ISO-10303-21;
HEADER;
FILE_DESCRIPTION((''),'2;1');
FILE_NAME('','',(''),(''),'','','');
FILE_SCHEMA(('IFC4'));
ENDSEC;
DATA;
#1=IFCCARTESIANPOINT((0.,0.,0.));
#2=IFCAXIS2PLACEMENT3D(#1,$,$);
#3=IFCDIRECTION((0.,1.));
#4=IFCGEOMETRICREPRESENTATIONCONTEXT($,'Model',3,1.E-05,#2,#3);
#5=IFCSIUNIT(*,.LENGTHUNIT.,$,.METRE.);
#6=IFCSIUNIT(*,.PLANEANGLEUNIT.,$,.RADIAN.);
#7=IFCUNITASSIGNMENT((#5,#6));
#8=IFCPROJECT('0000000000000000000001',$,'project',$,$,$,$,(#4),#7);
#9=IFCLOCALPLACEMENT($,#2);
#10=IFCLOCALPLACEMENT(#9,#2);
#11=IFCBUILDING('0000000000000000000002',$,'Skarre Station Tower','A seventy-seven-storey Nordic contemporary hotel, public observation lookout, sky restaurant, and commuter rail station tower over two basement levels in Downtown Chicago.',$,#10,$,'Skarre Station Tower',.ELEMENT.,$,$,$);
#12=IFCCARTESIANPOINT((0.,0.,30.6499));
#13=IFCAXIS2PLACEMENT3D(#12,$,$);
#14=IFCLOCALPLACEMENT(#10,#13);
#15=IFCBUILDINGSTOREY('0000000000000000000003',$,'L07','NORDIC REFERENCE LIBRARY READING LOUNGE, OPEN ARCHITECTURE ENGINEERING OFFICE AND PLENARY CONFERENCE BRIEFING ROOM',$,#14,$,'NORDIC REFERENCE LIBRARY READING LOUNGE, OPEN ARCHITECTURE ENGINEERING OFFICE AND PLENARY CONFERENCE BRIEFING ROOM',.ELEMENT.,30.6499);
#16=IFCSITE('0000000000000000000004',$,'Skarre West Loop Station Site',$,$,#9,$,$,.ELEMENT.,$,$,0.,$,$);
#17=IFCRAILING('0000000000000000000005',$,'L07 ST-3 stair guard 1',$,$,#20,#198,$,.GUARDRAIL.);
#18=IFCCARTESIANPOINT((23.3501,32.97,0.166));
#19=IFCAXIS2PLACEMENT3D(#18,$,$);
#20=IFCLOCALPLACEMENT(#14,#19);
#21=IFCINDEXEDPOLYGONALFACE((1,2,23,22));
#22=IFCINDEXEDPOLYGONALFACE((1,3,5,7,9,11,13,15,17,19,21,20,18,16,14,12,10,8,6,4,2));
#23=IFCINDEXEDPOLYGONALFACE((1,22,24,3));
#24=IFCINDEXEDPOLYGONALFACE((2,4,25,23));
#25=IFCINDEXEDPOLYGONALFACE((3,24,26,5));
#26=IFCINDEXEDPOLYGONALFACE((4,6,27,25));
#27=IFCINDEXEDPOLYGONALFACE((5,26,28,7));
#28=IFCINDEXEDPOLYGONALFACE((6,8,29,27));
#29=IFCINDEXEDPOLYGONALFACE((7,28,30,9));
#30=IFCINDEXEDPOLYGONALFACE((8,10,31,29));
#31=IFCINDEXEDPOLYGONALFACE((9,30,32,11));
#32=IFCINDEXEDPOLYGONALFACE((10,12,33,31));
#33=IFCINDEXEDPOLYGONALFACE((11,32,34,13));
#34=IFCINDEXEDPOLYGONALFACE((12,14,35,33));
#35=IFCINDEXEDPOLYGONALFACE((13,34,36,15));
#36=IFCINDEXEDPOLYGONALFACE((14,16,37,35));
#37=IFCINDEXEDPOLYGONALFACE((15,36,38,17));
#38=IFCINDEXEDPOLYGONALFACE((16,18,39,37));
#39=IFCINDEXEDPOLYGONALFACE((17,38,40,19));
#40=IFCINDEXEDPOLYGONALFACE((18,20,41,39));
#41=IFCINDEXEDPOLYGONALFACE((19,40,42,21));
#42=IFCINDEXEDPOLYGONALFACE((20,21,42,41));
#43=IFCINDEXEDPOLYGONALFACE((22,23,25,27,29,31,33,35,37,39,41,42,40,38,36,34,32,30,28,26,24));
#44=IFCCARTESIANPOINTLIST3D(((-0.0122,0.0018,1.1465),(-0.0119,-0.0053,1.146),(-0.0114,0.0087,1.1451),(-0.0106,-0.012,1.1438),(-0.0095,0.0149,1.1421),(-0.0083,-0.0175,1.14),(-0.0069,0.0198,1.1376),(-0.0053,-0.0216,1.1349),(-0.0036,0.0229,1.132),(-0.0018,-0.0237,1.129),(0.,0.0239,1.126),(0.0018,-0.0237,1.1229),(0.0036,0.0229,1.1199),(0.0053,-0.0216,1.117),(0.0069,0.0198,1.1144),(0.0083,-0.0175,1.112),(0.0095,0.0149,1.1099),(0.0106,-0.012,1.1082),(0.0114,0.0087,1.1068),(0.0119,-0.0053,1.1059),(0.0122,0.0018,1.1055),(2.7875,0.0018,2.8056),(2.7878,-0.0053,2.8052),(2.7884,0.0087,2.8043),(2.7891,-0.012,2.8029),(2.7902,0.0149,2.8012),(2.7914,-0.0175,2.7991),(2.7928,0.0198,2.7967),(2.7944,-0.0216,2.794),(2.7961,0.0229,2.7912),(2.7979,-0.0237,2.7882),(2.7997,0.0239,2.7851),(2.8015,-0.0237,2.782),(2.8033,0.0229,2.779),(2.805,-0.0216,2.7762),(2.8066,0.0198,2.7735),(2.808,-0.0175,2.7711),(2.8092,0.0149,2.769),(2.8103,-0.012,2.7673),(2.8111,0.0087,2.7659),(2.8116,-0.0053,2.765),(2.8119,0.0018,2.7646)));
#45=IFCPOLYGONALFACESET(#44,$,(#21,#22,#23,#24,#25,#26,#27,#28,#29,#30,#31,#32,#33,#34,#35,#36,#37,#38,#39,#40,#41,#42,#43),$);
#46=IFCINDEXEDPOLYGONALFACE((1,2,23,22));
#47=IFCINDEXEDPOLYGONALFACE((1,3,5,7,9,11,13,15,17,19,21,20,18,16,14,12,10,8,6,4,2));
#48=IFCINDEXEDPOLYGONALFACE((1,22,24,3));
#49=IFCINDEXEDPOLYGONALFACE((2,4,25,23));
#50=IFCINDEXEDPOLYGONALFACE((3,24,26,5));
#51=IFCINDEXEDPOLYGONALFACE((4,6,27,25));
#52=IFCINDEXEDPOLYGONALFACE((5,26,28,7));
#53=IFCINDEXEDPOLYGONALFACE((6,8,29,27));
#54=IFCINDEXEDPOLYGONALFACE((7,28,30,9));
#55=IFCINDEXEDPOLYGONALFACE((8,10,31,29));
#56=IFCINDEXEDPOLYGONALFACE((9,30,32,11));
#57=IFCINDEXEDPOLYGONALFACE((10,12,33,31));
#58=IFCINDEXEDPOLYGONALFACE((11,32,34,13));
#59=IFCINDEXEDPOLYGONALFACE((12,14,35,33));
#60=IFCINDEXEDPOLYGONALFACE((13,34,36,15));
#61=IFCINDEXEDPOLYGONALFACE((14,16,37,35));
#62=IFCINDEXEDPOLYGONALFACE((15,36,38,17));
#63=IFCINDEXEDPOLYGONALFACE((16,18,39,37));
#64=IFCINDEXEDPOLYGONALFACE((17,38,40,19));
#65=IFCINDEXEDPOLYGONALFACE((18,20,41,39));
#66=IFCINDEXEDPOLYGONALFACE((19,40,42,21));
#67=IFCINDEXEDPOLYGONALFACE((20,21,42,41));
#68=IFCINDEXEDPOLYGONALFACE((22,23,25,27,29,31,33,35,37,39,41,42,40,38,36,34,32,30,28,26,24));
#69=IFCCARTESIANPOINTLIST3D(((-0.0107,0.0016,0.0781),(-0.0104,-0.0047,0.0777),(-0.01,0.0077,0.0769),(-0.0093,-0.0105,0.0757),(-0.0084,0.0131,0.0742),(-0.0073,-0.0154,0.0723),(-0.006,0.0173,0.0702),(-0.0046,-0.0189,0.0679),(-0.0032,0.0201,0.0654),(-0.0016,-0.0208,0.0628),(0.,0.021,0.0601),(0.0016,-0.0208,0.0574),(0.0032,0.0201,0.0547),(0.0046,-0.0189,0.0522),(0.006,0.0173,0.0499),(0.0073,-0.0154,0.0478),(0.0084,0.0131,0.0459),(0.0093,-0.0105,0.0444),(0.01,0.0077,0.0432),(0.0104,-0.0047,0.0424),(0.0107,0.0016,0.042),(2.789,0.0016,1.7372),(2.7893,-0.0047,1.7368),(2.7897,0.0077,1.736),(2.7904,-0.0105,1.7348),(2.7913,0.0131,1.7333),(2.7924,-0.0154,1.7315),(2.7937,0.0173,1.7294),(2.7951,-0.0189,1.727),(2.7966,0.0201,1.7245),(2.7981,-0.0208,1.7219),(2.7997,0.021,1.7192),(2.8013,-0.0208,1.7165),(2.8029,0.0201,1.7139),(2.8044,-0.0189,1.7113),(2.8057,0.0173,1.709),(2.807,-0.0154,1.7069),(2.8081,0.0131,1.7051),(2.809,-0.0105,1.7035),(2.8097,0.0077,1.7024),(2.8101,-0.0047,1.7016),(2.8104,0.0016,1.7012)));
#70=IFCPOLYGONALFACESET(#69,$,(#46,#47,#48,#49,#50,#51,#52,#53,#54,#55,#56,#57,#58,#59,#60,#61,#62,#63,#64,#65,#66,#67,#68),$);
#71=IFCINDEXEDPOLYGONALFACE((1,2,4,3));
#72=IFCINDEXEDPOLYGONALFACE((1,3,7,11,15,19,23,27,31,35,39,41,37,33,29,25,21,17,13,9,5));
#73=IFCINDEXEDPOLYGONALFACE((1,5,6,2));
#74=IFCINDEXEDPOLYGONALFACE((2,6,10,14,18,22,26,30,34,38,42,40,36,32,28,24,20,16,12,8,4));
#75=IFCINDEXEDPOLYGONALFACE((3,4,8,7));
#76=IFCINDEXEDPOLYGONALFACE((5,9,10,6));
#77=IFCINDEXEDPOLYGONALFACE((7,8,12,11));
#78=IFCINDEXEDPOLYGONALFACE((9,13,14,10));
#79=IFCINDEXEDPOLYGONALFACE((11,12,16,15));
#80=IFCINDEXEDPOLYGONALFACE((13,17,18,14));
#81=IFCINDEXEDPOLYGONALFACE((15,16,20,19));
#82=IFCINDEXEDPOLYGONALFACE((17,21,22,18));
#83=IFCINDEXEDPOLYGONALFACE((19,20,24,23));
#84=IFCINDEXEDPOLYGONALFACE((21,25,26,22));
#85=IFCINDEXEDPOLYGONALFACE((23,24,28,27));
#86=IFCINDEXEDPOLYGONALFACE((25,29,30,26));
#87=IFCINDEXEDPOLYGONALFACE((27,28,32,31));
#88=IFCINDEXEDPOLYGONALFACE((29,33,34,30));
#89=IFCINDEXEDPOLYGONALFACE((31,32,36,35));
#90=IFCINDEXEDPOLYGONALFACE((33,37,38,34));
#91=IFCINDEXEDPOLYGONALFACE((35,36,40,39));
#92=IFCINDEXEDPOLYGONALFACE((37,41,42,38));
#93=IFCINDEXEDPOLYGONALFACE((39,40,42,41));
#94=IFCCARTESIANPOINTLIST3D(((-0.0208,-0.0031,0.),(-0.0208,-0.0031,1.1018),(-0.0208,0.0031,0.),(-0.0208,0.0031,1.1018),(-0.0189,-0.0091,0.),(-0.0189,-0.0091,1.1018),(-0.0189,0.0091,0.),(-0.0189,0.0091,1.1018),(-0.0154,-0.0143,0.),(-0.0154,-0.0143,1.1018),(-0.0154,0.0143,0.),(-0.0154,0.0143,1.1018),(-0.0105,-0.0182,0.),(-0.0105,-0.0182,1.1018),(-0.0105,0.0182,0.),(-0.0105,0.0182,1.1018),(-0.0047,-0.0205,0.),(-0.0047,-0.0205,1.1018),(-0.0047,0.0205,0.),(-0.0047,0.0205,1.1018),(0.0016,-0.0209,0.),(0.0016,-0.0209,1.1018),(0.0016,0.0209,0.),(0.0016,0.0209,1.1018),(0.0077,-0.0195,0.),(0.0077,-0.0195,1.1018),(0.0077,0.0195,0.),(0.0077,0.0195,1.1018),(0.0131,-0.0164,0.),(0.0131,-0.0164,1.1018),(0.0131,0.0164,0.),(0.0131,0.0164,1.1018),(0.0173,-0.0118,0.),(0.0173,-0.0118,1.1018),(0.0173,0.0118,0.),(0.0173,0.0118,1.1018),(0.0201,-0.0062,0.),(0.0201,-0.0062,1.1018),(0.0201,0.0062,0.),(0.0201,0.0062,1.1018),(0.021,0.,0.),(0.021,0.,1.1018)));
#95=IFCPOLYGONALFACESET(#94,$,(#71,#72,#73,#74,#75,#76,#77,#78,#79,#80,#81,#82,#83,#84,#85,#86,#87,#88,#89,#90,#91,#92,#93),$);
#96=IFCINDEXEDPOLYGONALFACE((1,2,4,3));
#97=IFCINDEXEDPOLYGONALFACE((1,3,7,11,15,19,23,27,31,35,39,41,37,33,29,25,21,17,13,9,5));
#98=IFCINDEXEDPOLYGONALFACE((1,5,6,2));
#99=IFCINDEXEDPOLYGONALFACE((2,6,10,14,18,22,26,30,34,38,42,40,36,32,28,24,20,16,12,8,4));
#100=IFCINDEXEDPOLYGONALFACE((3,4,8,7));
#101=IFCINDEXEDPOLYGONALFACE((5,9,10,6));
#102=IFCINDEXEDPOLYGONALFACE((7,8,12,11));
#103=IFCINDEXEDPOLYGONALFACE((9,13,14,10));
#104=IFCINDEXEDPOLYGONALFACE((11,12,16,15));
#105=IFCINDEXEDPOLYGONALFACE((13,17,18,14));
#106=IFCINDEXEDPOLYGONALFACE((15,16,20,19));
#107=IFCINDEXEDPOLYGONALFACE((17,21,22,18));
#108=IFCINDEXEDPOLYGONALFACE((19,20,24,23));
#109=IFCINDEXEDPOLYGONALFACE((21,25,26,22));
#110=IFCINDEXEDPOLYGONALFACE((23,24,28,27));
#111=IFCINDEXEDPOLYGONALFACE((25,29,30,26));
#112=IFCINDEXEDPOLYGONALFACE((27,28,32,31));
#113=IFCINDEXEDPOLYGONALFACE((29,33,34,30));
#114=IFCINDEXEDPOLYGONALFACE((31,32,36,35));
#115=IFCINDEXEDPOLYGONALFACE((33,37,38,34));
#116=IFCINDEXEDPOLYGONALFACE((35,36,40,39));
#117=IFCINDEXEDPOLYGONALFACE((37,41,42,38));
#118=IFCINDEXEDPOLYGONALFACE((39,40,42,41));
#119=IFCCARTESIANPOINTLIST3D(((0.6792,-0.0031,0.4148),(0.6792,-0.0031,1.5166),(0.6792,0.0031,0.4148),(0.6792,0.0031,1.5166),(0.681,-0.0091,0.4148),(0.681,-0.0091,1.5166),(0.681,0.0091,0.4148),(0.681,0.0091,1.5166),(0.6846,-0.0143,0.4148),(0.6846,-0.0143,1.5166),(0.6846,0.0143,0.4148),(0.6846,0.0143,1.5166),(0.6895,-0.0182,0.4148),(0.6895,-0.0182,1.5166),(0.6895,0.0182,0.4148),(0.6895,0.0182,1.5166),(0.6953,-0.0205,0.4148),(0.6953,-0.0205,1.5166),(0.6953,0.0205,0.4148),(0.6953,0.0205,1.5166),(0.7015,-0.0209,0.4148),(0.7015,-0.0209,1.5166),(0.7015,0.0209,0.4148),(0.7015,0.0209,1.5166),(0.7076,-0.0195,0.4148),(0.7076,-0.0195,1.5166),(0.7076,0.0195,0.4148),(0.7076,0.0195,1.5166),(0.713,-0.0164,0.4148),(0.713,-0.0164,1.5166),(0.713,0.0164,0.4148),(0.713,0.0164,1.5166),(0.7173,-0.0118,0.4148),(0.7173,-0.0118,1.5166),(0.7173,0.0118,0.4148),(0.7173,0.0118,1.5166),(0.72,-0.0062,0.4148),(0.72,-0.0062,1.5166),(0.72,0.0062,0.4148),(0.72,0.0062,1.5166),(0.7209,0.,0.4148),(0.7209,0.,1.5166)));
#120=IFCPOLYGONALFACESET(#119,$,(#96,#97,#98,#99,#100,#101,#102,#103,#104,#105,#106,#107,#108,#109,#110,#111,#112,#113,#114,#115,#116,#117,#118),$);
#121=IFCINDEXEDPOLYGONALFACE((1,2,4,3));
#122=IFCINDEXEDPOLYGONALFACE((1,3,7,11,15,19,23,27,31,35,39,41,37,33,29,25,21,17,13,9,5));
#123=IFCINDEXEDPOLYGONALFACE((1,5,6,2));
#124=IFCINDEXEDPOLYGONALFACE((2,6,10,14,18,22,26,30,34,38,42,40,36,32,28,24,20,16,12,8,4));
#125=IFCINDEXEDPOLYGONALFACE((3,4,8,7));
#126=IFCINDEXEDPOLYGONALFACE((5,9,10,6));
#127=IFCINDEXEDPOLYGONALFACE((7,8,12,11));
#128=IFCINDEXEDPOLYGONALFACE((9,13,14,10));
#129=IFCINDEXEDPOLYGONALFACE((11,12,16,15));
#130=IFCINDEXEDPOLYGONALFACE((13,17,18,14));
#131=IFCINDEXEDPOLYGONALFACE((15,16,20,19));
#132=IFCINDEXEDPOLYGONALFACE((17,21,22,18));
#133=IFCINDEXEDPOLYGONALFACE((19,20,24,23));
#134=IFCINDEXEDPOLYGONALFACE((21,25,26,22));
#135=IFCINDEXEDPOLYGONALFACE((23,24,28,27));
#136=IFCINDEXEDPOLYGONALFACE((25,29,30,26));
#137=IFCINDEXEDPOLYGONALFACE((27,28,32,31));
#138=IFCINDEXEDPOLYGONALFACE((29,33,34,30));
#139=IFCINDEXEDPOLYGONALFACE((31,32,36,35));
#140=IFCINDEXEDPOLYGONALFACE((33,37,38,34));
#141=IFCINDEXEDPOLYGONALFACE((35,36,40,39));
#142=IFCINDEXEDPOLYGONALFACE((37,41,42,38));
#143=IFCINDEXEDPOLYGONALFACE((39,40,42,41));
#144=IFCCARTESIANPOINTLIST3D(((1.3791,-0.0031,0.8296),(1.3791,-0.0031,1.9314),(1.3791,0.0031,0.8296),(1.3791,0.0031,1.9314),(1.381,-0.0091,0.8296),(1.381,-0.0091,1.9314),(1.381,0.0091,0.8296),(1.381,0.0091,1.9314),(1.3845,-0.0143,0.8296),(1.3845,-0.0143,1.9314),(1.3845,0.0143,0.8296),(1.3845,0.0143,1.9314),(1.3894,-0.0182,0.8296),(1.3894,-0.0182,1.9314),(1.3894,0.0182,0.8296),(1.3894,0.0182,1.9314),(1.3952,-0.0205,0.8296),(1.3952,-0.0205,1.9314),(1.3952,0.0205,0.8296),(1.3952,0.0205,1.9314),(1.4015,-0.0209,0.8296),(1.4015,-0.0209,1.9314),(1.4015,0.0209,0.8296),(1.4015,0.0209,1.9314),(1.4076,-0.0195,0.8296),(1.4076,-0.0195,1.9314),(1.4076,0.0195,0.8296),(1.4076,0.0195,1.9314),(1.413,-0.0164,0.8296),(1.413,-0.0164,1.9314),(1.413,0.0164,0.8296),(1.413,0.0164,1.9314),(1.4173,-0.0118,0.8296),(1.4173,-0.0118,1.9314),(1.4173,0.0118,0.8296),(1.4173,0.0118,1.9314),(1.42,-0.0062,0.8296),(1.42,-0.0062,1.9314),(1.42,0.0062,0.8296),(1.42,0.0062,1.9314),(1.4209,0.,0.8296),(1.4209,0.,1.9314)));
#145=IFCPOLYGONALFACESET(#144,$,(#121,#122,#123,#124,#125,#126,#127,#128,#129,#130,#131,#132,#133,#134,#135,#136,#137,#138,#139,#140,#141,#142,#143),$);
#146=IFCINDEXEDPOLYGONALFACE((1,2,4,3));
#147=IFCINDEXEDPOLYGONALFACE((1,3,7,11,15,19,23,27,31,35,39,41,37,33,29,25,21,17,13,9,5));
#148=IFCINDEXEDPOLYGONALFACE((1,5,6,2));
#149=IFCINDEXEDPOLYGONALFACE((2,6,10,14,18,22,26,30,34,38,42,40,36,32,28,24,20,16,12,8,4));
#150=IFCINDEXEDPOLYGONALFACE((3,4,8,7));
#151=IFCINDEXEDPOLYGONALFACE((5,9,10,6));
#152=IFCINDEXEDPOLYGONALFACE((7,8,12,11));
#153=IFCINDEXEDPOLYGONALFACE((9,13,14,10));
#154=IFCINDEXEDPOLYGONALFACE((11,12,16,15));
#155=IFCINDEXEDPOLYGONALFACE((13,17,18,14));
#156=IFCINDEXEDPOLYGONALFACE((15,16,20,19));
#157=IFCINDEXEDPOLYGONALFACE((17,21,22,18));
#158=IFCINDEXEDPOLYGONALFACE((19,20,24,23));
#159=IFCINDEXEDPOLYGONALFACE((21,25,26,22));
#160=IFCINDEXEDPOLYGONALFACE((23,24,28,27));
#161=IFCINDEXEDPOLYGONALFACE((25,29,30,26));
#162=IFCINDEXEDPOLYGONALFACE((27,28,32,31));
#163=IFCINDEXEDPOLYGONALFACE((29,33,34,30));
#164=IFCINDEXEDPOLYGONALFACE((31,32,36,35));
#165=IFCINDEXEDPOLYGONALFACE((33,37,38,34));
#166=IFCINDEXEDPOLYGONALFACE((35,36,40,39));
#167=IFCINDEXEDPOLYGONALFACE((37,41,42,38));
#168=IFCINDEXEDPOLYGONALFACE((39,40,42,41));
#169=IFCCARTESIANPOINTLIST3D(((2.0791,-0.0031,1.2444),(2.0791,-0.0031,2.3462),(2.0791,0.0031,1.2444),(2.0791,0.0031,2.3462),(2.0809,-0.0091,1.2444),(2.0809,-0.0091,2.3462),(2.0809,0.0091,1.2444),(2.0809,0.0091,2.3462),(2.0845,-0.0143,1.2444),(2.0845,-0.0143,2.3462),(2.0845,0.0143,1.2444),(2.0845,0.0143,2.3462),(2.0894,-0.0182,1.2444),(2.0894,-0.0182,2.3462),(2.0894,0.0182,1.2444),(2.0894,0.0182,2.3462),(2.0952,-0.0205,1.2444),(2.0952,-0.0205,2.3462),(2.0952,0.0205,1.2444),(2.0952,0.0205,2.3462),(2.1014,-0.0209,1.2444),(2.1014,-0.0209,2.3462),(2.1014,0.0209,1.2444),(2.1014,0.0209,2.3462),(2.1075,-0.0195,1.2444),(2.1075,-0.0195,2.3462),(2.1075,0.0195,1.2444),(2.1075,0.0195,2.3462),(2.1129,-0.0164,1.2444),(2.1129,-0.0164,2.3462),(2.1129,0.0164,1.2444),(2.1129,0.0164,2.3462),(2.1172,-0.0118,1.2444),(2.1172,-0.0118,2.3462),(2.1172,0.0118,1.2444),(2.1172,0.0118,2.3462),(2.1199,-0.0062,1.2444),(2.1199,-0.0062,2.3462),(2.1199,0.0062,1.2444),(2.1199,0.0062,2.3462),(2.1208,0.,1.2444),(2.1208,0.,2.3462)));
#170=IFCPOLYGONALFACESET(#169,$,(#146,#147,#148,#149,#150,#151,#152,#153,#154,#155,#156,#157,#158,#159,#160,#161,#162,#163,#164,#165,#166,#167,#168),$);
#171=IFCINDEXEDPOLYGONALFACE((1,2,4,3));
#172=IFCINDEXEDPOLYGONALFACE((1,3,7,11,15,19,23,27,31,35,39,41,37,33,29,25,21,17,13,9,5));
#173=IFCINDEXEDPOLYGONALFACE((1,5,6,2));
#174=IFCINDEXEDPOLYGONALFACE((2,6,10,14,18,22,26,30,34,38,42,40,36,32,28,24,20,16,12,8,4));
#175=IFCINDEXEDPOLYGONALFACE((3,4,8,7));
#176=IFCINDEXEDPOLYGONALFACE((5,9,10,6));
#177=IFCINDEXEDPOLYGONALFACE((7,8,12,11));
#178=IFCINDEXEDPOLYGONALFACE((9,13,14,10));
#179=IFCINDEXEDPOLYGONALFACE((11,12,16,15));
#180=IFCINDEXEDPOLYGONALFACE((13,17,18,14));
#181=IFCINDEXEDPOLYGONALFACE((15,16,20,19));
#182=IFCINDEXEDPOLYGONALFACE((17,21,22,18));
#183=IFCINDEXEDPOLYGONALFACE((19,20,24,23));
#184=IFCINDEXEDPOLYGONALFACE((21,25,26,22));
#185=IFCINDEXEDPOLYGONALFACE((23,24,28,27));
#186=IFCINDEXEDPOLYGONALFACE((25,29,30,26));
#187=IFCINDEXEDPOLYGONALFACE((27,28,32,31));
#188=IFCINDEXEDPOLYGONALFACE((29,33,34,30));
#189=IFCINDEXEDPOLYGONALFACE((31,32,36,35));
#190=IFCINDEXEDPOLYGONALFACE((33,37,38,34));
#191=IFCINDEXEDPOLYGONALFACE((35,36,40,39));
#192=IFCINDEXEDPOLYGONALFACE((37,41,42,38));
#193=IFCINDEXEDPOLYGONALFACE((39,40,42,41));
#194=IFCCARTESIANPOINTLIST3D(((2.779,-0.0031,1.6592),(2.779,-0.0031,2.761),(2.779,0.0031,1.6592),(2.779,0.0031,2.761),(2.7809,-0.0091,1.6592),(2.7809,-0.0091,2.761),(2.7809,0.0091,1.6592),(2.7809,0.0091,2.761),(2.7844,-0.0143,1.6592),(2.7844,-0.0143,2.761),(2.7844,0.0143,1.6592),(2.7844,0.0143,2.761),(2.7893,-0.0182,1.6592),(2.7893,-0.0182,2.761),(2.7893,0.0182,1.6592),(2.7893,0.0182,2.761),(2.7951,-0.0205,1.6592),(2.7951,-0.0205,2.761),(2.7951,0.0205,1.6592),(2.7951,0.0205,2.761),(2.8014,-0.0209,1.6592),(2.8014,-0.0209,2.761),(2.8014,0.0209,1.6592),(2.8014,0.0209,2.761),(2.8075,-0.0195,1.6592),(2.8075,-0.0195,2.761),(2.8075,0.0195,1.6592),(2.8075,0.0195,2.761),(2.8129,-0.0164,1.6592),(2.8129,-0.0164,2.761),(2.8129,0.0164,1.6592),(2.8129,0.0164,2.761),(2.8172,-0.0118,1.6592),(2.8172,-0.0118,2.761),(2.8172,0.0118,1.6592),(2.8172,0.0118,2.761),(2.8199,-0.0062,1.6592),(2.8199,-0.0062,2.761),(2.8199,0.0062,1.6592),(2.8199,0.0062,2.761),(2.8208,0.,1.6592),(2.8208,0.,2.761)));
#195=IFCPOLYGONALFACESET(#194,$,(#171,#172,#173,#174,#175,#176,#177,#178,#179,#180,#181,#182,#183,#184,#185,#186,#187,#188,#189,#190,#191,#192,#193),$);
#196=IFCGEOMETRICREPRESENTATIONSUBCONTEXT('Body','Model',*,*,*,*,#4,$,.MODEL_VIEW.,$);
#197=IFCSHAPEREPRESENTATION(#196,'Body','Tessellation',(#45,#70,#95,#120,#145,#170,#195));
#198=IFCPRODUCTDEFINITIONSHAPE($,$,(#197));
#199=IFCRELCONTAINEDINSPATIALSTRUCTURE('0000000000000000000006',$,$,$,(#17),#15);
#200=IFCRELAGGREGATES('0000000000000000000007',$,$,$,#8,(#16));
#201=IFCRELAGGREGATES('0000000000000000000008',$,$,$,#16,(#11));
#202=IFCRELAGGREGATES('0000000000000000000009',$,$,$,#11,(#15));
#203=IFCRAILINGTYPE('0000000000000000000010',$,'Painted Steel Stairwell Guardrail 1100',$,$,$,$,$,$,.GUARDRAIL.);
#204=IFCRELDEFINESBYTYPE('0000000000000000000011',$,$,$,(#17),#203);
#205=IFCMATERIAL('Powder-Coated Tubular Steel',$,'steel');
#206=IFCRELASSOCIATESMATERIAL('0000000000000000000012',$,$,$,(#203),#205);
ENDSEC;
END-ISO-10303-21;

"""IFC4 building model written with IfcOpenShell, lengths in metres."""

from ifc_helpers import new_model, si_unit, direction, frame, origin, origin_2d, place, context, subcontext, project, spatial, circle, extrude, material, type_object, element, save


model = new_model("IFC4")

# Units and contexts
model_context = context("Model", 3, precision=1e-05, world=origin(), true_north=direction((0.0, 1.0)))
body_context = subcontext(model_context, "Body", "Model", "MODEL_VIEW")
ifc_project = project(units=[si_unit("LENGTHUNIT", "METRE"), si_unit("PLANEANGLEUNIT", "RADIAN")], contexts=[model_context])

# Site, building, storey
site_placement = place(None, origin())
site = spatial("IfcSite", under=ifc_project, at=site_placement, Name="Skarre West Loop Station Site", CompositionType="ELEMENT", RefElevation=0.0)
building_placement = place(site_placement, origin())
building = spatial("IfcBuilding", under=site, at=building_placement, Name="Skarre Station Tower", Description="A seventy-seven-storey Nordic contemporary hotel, public observation lookout, sky restaurant, and commuter rail station tower over two basement levels in Downtown Chicago.", LongName="Skarre Station Tower", CompositionType="ELEMENT")
storey_placement = place(building_placement, frame((0.0, 0.0, 30.6499)))
storey = spatial("IfcBuildingStorey", under=building, at=storey_placement, Name="L07", Description="NORDIC REFERENCE LIBRARY READING LOUNGE, OPEN ARCHITECTURE ENGINEERING OFFICE AND PLENARY CONFERENCE BRIEFING ROOM", LongName="NORDIC REFERENCE LIBRARY READING LOUNGE, OPEN ARCHITECTURE ENGINEERING OFFICE AND PLENARY CONFERENCE BRIEFING ROOM", CompositionType="ELEMENT", Elevation=30.6499)

# Railing
ifc_material_1 = material(Name="Powder-Coated Tubular Steel", Category="steel")
railing_type_1 = type_object("IfcRailingType", Name="Painted Steel Stairwell Guardrail 1100", PredefinedType="GUARDRAIL", material=ifc_material_1)
railing_1_placement = place(storey_placement, frame((23.3501, 32.97, 0.166)))
element("IfcRailing", 1, at=railing_1_placement, inside=storey, type_object=railing_type_1, Name="L07 ST-3 stair guard 1", PredefinedType="GUARDRAIL", context=body_context, shape_type="SweptSolid", body=[
    extrude(circle(Radius=0.0239, at=origin_2d()), frame((0.0, 0.0, 1.126), z_axis=(0.860287, 0.0, 0.509811), x_axis=(0.0, 1.0, 0.0)), (0.0, 0.0, 1.0), 3.2544),
    extrude(circle(Radius=0.021, at=origin_2d()), frame((0.0, 0.0, 0.0601), z_axis=(0.860287, 0.0, 0.509811), x_axis=(0.0, 1.0, 0.0)), (0.0, 0.0, 1.0), 3.2544),
    extrude(circle(Radius=0.021, at=origin_2d()), origin(), (0.0, 0.0, 1.0), 1.1018),
    extrude(circle(Radius=0.021, at=origin_2d()), frame((0.7, 0.0, 0.4148)), (0.0, 0.0, 1.0), 1.1018),
    extrude(circle(Radius=0.021, at=origin_2d()), frame((1.3999, 0.0, 0.8296)), (0.0, 0.0, 1.0), 1.1018),
    extrude(circle(Radius=0.021, at=origin_2d()), frame((2.0999, 0.0, 1.2444)), (0.0, 0.0, 1.0), 1.1018),
    extrude(circle(Radius=0.021, at=origin_2d()), frame((2.7998, 0.0, 1.6592)), (0.0, 0.0, 1.0), 1.1018),
])

save(model, "model.ifc")
